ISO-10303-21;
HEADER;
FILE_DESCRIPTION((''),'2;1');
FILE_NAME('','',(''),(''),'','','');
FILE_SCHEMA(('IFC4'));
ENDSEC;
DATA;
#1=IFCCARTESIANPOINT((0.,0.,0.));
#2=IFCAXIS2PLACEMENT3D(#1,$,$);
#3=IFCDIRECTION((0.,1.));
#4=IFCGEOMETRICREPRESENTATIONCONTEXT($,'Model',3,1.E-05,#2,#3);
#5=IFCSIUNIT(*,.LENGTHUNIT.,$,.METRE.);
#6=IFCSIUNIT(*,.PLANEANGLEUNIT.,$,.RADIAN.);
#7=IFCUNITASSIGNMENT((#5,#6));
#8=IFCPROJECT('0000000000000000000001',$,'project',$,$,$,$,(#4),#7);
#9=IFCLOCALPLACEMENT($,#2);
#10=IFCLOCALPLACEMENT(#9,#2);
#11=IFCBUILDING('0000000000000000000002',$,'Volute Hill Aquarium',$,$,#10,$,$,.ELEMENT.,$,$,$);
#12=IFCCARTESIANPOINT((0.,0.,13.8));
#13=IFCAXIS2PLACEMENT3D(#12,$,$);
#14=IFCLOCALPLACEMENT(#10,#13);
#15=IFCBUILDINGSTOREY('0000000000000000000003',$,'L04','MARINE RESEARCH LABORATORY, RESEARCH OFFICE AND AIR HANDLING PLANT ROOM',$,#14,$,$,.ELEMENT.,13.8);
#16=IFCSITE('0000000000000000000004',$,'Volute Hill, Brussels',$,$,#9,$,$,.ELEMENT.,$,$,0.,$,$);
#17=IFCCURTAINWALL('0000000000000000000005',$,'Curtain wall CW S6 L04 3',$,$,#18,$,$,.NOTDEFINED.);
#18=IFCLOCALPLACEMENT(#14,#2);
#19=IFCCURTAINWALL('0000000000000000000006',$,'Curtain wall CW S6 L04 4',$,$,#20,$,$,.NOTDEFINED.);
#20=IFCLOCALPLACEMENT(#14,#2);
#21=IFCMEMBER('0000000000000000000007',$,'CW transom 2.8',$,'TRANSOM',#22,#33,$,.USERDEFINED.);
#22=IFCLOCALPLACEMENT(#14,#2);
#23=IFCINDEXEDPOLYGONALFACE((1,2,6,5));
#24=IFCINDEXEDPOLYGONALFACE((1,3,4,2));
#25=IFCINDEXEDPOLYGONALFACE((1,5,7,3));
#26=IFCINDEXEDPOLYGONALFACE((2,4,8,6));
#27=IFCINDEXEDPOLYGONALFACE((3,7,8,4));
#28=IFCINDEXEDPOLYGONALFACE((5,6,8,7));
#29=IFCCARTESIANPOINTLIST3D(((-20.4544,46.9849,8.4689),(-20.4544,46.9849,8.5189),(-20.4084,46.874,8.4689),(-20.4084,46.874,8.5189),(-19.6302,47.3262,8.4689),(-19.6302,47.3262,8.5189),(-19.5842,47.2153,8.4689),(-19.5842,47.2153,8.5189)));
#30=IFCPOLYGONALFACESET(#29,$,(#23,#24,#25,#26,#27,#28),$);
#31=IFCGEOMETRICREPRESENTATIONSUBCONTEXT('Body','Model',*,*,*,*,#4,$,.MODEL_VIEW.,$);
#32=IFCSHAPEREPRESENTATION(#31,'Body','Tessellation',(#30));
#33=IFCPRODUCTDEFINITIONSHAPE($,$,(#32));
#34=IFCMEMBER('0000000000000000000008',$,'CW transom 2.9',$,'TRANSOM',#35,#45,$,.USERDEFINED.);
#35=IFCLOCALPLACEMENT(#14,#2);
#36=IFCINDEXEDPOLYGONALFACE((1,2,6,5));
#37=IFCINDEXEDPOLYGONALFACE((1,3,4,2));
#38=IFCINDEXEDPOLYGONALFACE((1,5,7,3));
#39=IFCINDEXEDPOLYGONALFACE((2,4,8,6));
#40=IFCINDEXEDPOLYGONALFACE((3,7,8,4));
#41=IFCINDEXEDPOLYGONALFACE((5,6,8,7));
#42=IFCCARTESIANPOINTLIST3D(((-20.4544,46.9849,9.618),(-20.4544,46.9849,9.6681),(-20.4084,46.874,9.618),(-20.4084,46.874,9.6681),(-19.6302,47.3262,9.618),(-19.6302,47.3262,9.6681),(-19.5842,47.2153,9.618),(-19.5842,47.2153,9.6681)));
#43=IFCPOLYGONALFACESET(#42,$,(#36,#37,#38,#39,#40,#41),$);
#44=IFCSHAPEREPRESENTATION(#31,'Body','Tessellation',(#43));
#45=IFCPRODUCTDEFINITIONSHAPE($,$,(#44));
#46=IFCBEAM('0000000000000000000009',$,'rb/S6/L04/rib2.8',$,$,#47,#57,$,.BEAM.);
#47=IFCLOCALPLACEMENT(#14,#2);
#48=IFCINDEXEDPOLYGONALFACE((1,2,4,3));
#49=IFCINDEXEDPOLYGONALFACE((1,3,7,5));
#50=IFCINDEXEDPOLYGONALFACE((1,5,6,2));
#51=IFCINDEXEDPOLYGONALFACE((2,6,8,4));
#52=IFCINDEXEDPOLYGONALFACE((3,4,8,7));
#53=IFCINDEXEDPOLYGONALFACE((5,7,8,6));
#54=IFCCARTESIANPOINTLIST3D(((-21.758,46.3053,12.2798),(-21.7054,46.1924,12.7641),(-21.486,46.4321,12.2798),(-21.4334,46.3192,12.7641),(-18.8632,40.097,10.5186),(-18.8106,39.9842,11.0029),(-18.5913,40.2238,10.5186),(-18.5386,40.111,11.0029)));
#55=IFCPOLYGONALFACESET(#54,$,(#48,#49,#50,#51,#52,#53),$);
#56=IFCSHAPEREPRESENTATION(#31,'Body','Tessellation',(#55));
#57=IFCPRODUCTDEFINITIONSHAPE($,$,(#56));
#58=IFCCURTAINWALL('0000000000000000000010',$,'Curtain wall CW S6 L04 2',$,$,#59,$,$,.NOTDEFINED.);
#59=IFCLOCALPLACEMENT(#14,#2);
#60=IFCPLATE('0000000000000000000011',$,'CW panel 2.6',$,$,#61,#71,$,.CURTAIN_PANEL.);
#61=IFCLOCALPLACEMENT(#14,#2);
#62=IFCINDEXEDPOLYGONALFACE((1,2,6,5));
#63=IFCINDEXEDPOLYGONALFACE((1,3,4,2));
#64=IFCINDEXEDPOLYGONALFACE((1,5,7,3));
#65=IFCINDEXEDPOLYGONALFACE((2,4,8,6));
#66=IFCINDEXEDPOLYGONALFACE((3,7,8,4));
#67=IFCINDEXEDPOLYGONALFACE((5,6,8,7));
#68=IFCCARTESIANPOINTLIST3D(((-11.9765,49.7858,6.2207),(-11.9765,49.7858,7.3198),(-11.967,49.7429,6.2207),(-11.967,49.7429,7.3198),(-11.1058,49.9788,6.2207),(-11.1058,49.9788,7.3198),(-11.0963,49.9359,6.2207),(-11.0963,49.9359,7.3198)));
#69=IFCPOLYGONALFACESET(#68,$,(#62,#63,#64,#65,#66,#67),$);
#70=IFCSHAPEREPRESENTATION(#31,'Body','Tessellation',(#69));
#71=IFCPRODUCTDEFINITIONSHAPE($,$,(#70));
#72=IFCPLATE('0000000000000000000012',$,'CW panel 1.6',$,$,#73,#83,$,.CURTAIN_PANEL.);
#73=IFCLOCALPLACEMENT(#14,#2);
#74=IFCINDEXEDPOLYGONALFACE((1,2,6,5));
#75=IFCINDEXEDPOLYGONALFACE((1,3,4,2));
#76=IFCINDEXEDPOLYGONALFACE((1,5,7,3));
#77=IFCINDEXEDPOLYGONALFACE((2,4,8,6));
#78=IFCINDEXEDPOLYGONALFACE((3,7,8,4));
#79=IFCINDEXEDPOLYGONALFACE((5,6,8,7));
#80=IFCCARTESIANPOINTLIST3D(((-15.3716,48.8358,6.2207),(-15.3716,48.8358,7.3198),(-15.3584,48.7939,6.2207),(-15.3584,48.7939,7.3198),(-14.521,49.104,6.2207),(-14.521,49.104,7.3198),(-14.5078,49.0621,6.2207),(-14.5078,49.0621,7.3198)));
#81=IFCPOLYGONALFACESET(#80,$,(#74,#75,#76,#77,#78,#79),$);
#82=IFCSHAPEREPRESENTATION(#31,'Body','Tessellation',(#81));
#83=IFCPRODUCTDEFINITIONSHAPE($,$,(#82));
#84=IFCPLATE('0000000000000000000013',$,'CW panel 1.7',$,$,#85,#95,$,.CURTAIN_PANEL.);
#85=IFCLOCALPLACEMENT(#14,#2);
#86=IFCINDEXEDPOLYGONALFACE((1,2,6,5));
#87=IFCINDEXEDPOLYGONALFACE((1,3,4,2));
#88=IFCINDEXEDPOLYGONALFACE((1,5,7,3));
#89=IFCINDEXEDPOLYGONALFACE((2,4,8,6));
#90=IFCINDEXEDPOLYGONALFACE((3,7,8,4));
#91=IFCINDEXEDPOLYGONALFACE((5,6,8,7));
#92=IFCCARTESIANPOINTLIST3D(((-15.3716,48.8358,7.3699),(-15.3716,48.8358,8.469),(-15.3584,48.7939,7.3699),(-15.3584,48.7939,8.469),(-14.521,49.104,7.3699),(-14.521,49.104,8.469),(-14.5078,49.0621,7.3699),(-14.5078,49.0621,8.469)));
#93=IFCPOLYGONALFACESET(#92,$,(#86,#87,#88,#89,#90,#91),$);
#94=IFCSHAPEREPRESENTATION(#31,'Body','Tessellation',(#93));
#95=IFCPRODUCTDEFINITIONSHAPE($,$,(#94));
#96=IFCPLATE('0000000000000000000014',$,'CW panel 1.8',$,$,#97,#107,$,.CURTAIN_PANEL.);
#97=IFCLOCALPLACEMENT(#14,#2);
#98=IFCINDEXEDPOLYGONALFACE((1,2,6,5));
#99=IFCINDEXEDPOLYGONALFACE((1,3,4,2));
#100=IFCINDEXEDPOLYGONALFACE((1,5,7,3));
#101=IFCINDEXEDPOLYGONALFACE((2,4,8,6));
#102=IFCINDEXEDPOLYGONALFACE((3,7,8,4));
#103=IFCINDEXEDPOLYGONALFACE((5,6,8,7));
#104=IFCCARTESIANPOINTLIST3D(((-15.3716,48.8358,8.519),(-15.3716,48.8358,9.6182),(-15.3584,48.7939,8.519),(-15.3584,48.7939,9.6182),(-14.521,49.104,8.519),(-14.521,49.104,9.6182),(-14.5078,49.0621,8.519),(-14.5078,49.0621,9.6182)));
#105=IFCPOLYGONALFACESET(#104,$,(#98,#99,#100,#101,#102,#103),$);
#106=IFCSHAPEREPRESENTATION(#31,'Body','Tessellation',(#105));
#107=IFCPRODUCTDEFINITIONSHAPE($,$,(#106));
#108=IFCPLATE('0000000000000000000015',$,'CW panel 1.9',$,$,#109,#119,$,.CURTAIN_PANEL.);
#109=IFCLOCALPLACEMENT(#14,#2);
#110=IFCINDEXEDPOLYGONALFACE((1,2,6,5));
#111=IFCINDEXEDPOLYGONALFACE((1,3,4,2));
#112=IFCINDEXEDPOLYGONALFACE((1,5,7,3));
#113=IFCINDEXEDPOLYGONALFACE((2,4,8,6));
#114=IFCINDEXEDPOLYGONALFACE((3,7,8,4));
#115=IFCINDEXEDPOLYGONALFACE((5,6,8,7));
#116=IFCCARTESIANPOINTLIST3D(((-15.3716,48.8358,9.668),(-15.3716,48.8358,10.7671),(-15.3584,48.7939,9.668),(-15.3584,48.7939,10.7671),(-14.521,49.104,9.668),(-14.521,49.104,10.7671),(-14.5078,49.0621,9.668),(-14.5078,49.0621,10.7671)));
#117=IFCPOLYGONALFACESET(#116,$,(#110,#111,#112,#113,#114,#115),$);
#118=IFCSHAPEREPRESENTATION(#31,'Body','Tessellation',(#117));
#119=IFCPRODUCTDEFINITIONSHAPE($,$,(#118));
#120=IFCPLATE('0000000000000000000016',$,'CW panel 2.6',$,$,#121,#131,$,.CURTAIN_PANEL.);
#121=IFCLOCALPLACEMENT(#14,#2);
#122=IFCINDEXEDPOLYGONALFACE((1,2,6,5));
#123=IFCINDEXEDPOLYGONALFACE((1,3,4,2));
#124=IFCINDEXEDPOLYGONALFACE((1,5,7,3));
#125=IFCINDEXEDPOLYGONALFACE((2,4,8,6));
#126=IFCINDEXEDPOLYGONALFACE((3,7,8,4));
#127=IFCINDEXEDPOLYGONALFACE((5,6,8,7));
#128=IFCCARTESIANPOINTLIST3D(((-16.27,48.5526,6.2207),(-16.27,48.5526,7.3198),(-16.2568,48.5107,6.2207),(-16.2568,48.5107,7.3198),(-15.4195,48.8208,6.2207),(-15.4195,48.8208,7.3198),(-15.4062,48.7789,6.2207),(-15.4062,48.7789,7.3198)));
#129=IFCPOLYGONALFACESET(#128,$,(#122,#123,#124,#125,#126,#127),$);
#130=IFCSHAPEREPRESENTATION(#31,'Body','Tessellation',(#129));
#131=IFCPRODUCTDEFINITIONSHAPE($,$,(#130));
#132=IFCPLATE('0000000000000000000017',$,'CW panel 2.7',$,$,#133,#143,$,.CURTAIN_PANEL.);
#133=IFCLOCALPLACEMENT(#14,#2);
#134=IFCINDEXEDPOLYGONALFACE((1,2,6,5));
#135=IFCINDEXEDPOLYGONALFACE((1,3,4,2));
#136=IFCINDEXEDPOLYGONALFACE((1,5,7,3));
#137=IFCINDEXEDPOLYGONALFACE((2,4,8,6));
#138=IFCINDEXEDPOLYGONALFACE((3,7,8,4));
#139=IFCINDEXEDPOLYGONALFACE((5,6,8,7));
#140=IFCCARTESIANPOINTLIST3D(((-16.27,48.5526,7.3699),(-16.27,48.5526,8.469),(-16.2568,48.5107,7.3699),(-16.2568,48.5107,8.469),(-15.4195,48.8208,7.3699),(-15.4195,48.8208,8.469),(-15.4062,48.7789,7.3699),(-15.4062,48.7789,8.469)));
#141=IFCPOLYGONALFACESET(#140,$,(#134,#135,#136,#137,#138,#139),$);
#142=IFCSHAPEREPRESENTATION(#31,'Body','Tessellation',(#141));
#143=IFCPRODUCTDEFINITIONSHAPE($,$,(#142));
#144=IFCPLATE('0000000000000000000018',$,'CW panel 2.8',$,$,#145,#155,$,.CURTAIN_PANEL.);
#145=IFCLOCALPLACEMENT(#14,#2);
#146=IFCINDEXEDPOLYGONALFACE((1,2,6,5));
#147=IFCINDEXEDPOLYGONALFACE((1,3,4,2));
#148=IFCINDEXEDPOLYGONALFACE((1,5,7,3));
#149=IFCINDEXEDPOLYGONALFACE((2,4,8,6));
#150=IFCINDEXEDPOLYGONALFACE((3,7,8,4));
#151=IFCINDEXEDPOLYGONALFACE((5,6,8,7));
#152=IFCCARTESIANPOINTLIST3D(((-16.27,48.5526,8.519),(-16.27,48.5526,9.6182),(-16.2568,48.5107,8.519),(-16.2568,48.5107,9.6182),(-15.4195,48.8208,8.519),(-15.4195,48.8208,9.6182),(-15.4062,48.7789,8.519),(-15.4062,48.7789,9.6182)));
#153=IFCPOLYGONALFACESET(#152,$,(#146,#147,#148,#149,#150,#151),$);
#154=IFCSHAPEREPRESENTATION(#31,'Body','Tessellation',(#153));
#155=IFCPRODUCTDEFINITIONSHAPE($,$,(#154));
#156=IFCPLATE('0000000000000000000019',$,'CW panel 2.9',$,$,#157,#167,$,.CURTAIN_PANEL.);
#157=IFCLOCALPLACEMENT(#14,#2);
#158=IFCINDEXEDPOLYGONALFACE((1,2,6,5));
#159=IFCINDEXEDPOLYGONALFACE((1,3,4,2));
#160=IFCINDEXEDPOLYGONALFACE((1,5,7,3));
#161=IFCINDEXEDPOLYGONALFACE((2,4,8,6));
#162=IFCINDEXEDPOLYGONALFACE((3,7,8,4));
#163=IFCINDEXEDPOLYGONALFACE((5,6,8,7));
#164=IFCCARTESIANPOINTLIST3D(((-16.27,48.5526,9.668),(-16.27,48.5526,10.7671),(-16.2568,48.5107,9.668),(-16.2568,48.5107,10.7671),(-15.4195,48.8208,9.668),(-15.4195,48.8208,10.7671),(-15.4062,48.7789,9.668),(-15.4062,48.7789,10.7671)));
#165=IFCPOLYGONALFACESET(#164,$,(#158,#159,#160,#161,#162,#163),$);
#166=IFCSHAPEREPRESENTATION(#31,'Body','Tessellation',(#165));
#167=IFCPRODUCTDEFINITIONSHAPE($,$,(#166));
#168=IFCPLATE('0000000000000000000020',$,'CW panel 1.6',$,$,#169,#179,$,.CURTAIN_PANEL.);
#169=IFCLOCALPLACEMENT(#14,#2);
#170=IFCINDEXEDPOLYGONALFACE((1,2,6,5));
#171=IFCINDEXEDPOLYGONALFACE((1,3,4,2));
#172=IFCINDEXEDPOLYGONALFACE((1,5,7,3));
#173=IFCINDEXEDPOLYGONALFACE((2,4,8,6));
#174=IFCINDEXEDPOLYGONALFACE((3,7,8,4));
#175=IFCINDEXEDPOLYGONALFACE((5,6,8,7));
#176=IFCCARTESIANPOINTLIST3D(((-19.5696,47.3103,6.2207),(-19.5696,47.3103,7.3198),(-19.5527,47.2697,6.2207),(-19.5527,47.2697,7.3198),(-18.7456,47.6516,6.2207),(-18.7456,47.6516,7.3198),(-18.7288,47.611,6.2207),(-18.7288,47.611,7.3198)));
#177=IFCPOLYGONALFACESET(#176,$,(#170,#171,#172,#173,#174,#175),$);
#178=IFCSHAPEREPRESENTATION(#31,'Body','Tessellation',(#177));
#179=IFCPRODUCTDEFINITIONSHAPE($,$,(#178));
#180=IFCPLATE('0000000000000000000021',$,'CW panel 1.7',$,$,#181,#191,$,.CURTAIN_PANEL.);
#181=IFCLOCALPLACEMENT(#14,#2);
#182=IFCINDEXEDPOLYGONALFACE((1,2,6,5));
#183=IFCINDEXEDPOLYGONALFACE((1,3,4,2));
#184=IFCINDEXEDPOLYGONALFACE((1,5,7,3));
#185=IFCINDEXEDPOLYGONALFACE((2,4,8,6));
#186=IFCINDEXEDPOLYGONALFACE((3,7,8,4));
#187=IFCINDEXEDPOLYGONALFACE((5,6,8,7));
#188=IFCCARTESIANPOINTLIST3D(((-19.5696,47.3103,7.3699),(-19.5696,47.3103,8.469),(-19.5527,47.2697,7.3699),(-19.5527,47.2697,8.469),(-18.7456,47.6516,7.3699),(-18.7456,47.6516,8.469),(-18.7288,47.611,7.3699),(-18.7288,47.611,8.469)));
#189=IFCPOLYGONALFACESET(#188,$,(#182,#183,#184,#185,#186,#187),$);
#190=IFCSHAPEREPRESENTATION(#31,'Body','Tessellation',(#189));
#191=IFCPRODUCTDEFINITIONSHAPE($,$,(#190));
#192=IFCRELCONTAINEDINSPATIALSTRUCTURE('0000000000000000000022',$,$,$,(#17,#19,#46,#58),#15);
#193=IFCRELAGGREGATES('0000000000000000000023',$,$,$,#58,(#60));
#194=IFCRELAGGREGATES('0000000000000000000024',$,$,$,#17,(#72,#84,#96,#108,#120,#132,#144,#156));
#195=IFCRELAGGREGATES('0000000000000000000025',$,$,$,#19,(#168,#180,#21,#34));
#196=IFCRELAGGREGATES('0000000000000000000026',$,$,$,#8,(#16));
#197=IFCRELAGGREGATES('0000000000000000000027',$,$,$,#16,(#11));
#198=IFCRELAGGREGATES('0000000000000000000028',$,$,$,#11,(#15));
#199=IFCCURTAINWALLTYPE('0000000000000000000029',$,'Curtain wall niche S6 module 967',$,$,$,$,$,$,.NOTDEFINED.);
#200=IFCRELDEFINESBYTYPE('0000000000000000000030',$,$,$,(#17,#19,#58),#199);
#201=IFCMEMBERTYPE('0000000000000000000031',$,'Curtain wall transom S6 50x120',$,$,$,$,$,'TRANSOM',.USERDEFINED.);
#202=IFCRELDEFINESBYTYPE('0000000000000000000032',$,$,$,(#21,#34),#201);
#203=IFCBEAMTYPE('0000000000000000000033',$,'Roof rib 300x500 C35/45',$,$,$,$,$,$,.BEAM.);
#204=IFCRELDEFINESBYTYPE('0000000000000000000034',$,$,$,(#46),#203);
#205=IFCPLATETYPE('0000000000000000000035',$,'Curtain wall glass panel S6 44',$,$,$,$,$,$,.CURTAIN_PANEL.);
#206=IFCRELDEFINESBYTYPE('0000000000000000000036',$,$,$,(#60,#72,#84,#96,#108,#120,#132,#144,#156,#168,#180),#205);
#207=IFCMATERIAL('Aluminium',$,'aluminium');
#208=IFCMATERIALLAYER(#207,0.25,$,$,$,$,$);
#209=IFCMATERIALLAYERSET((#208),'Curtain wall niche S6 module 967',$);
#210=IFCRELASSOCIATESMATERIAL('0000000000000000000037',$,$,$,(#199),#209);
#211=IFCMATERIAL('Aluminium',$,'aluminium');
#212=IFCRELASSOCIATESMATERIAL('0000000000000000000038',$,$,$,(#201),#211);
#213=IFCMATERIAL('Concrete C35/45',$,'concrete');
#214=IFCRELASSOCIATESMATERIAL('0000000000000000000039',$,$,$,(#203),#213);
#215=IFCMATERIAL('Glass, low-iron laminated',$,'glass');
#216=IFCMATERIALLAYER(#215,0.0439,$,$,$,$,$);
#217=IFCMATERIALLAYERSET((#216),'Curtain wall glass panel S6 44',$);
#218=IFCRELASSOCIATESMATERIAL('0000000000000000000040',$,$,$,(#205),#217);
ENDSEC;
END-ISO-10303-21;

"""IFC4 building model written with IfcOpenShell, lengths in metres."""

from ifc_helpers import new_model, si_unit, direction, frame, origin, origin_2d, place, context, subcontext, project, spatial, rectangle, extrude, material, layer, layer_set, material_profile, profile_set, type_object, element, aggregate, save


model = new_model("IFC4")

# Units and contexts
model_context = context("Model", 3, precision=1e-05, world=origin(), true_north=direction((0.0, 1.0)))
body_context = subcontext(model_context, "Body", "Model", "MODEL_VIEW")
ifc_project = project(units=[si_unit("LENGTHUNIT", "METRE"), si_unit("PLANEANGLEUNIT", "RADIAN")], contexts=[model_context])

# Site, building, storey
site_placement = place(None, origin())
site = spatial("IfcSite", under=ifc_project, at=site_placement, Name="Volute Hill, Brussels", CompositionType="ELEMENT", RefElevation=0.0)
building_placement = place(site_placement, origin())
building = spatial("IfcBuilding", under=site, at=building_placement, Name="Volute Hill Aquarium", CompositionType="ELEMENT")
storey_placement = place(building_placement, frame((0.0, 0.0, 13.8)))
storey = spatial("IfcBuildingStorey", under=building, at=storey_placement, Name="L04", Description="MARINE RESEARCH LABORATORY, RESEARCH OFFICE AND AIR HANDLING PLANT ROOM", CompositionType="ELEMENT", Elevation=13.8)

# Curtain walls, members
ifc_material_1 = material(Name="Aluminium", Category="aluminium")
ifc_layer_1 = layer(ifc_material_1, 0.25)
ifc_layer_set_1 = layer_set([ifc_layer_1], Name="Curtain wall niche S6 module 967")
curtain_wall_type = type_object("IfcCurtainWallType", Name="Curtain wall niche S6 module 967", PredefinedType="NOTDEFINED", material=ifc_layer_set_1)
curtain_wall_1_placement = place(storey_placement, origin())
curtain_wall_1 = element("IfcCurtainWall", 1, at=curtain_wall_1_placement, inside=storey, type_object=curtain_wall_type, Name="Curtain wall CW S6 L04 3", PredefinedType="NOTDEFINED")
ifc_material_2 = material(Name="Aluminium", Category="aluminium")
ifc_material_profile_1 = material_profile(ifc_material_2, rectangle(XDim=0.1201, YDim=0.05, at=origin_2d()), Name="Curtain wall transom S6 50x120")
ifc_profile_set_1 = profile_set([ifc_material_profile_1], Name="Aluminium")
member_type = type_object("IfcMemberType", Name="Curtain wall transom S6 50x120", ElementType="TRANSOM", PredefinedType="USERDEFINED", material=ifc_profile_set_1)
curtain_wall_2_placement = place(storey_placement, origin())
curtain_wall_2 = element("IfcCurtainWall", 2, at=curtain_wall_2_placement, inside=storey, type_object=curtain_wall_type, Name="Curtain wall CW S6 L04 4", PredefinedType="NOTDEFINED")
member_1_placement = place(storey_placement, frame((-19.6072, 47.2708, 8.4939), z_axis=(-0.923917, -0.382594, 0.0), x_axis=(0.382594, -0.923917, 0.0)))
member_1 = element("IfcMember", 3, at=member_1_placement, type_object=member_type, Name="CW transom 2.8", ObjectType="TRANSOM", PredefinedType="USERDEFINED", context=body_context, shape_type="SweptSolid", body=[
    extrude(rectangle(XDim=0.1201, YDim=0.05, at=origin_2d()), origin(), (0.0, 0.0, 1.0), 0.8921),
])
member_2_placement = place(storey_placement, frame((-19.6072, 47.2708, 9.6431), z_axis=(-0.923917, -0.382594, 0.0), x_axis=(0.382594, -0.923917, 0.0)))
member_2 = element("IfcMember", 4, at=member_2_placement, type_object=member_type, Name="CW transom 2.9", ObjectType="TRANSOM", PredefinedType="USERDEFINED", context=body_context, shape_type="SweptSolid", body=[
    extrude(rectangle(XDim=0.1201, YDim=0.05, at=origin_2d()), origin(), (0.0, 0.0, 1.0), 0.8921),
])

# Beam
ifc_material_3 = material(Name="Concrete C35/45", Category="concrete")
ifc_material_profile_2 = material_profile(ifc_material_3, rectangle(XDim=0.3, YDim=0.5, at=origin_2d()), Name="RC rib 300x500")
ifc_profile_set_2 = profile_set([ifc_material_profile_2], Name="Concrete C35/45")
beam_type_1 = type_object("IfcBeamType", Name="Roof rib 300x500 C35/45", PredefinedType="BEAM", material=ifc_profile_set_2)
beam_1_placement = place(storey_placement, frame((-18.7009, 40.104, 10.7607), z_axis=(-0.409285, 0.877768, 0.249016), x_axis=(-0.906318, -0.422597, 0.0)))
element("IfcBeam", 5, at=beam_1_placement, inside=storey, type_object=beam_type_1, Name="rb/S6/L04/rib2.8", PredefinedType="BEAM", context=body_context, shape_type="SweptSolid", body=[
    extrude(rectangle(XDim=0.3, YDim=0.5, at=origin_2d()), origin(), (0.0, 0.0, 1.0), 7.0728),
])

# Curtain wall, plate
curtain_wall_3_placement = place(storey_placement, origin())
curtain_wall_3 = element("IfcCurtainWall", 6, at=curtain_wall_3_placement, inside=storey, type_object=curtain_wall_type, Name="Curtain wall CW S6 L04 2", PredefinedType="NOTDEFINED")
ifc_material_4 = material(Name="Glass, low-iron laminated", Category="glass")
ifc_layer_2 = layer(ifc_material_4, 0.0439)
ifc_layer_set_2 = layer_set([ifc_layer_2], Name="Curtain wall glass panel S6 44")
plate_type = type_object("IfcPlateType", Name="Curtain wall glass panel S6 44", PredefinedType="CURTAIN_PANEL", material=ifc_layer_set_2)
plate_1_placement = place(storey_placement, frame((-11.5364, 49.8608, 6.2207), z_axis=(0.0, 0.0, 1.0), x_axis=(-0.976298, -0.216429, 0.0)))
plate_1 = element("IfcPlate", 7, at=plate_1_placement, type_object=plate_type, Name="CW panel 2.6", PredefinedType="CURTAIN_PANEL", context=body_context, shape_type="SweptSolid", body=[
    extrude(rectangle(XDim=0.8918, YDim=0.0439, at=origin_2d()), origin(), (0.0, 0.0, 1.0), 1.0991),
])
aggregate(curtain_wall_3, [plate_1])

# Plates
plate_2_placement = place(storey_placement, frame((-14.9397, 48.949, 6.2207), z_axis=(0.0, 0.0, 1.0), x_axis=(-0.953717, -0.300706, 0.0)))
plate_2 = element("IfcPlate", 8, at=plate_2_placement, type_object=plate_type, Name="CW panel 1.6", PredefinedType="CURTAIN_PANEL", context=body_context, shape_type="SweptSolid", body=[
    extrude(rectangle(XDim=0.8918, YDim=0.0439, at=origin_2d()), origin(), (0.0, 0.0, 1.0), 1.0991),
])
plate_3_placement = place(storey_placement, frame((-14.9397, 48.949, 7.3699), z_axis=(0.0, 0.0, 1.0), x_axis=(-0.953717, -0.300706, 0.0)))
plate_3 = element("IfcPlate", 9, at=plate_3_placement, type_object=plate_type, Name="CW panel 1.7", PredefinedType="CURTAIN_PANEL", context=body_context, shape_type="SweptSolid", body=[
    extrude(rectangle(XDim=0.8918, YDim=0.0439, at=origin_2d()), origin(), (0.0, 0.0, 1.0), 1.0991),
])
plate_4_placement = place(storey_placement, frame((-14.9397, 48.949, 8.519), z_axis=(0.0, 0.0, 1.0), x_axis=(-0.953717, -0.300706, 0.0)))
plate_4 = element("IfcPlate", 10, at=plate_4_placement, type_object=plate_type, Name="CW panel 1.8", PredefinedType="CURTAIN_PANEL", context=body_context, shape_type="SweptSolid", body=[
    extrude(rectangle(XDim=0.8918, YDim=0.0439, at=origin_2d()), origin(), (0.0, 0.0, 1.0), 1.0991),
])
plate_5_placement = place(storey_placement, frame((-14.9397, 48.949, 9.668), z_axis=(0.0, 0.0, 1.0), x_axis=(-0.953717, -0.300706, 0.0)))
plate_5 = element("IfcPlate", 11, at=plate_5_placement, type_object=plate_type, Name="CW panel 1.9", PredefinedType="CURTAIN_PANEL", context=body_context, shape_type="SweptSolid", body=[
    extrude(rectangle(XDim=0.8918, YDim=0.0439, at=origin_2d()), origin(), (0.0, 0.0, 1.0), 1.0991),
])
plate_6_placement = place(storey_placement, frame((-15.8381, 48.6658, 6.2207), z_axis=(0.0, 0.0, 1.0), x_axis=(-0.953717, -0.300706, 0.0)))
plate_6 = element("IfcPlate", 12, at=plate_6_placement, type_object=plate_type, Name="CW panel 2.6", PredefinedType="CURTAIN_PANEL", context=body_context, shape_type="SweptSolid", body=[
    extrude(rectangle(XDim=0.8918, YDim=0.0439, at=origin_2d()), origin(), (0.0, 0.0, 1.0), 1.0991),
])
plate_7_placement = place(storey_placement, frame((-15.8381, 48.6658, 7.3699), z_axis=(0.0, 0.0, 1.0), x_axis=(-0.953717, -0.300706, 0.0)))
plate_7 = element("IfcPlate", 13, at=plate_7_placement, type_object=plate_type, Name="CW panel 2.7", PredefinedType="CURTAIN_PANEL", context=body_context, shape_type="SweptSolid", body=[
    extrude(rectangle(XDim=0.8918, YDim=0.0439, at=origin_2d()), origin(), (0.0, 0.0, 1.0), 1.0991),
])
plate_8_placement = place(storey_placement, frame((-15.8381, 48.6658, 8.519), z_axis=(0.0, 0.0, 1.0), x_axis=(-0.953717, -0.300706, 0.0)))
plate_8 = element("IfcPlate", 14, at=plate_8_placement, type_object=plate_type, Name="CW panel 2.8", PredefinedType="CURTAIN_PANEL", context=body_context, shape_type="SweptSolid", body=[
    extrude(rectangle(XDim=0.8918, YDim=0.0439, at=origin_2d()), origin(), (0.0, 0.0, 1.0), 1.0991),
])
plate_9_placement = place(storey_placement, frame((-15.8381, 48.6658, 9.668), z_axis=(0.0, 0.0, 1.0), x_axis=(-0.953717, -0.300706, 0.0)))
plate_9 = element("IfcPlate", 15, at=plate_9_placement, type_object=plate_type, Name="CW panel 2.9", PredefinedType="CURTAIN_PANEL", context=body_context, shape_type="SweptSolid", body=[
    extrude(rectangle(XDim=0.8918, YDim=0.0439, at=origin_2d()), origin(), (0.0, 0.0, 1.0), 1.0991),
])
aggregate(curtain_wall_1, [plate_2, plate_3, plate_4, plate_5, plate_6, plate_7, plate_8, plate_9])
plate_10_placement = place(storey_placement, frame((-19.1492, 47.4607, 6.2207), z_axis=(0.0, 0.0, 1.0), x_axis=(-0.923881, -0.38268, 0.0)))
plate_10 = element("IfcPlate", 16, at=plate_10_placement, type_object=plate_type, Name="CW panel 1.6", PredefinedType="CURTAIN_PANEL", context=body_context, shape_type="SweptSolid", body=[
    extrude(rectangle(XDim=0.8918, YDim=0.0439, at=origin_2d()), origin(), (0.0, 0.0, 1.0), 1.0991),
])
plate_11_placement = place(storey_placement, frame((-19.1492, 47.4607, 7.3699), z_axis=(0.0, 0.0, 1.0), x_axis=(-0.923881, -0.38268, 0.0)))
plate_11 = element("IfcPlate", 17, at=plate_11_placement, type_object=plate_type, Name="CW panel 1.7", PredefinedType="CURTAIN_PANEL", context=body_context, shape_type="SweptSolid", body=[
    extrude(rectangle(XDim=0.8918, YDim=0.0439, at=origin_2d()), origin(), (0.0, 0.0, 1.0), 1.0991),
])
aggregate(curtain_wall_2, [plate_10, plate_11, member_1, member_2])

save(model, "model.ifc")
